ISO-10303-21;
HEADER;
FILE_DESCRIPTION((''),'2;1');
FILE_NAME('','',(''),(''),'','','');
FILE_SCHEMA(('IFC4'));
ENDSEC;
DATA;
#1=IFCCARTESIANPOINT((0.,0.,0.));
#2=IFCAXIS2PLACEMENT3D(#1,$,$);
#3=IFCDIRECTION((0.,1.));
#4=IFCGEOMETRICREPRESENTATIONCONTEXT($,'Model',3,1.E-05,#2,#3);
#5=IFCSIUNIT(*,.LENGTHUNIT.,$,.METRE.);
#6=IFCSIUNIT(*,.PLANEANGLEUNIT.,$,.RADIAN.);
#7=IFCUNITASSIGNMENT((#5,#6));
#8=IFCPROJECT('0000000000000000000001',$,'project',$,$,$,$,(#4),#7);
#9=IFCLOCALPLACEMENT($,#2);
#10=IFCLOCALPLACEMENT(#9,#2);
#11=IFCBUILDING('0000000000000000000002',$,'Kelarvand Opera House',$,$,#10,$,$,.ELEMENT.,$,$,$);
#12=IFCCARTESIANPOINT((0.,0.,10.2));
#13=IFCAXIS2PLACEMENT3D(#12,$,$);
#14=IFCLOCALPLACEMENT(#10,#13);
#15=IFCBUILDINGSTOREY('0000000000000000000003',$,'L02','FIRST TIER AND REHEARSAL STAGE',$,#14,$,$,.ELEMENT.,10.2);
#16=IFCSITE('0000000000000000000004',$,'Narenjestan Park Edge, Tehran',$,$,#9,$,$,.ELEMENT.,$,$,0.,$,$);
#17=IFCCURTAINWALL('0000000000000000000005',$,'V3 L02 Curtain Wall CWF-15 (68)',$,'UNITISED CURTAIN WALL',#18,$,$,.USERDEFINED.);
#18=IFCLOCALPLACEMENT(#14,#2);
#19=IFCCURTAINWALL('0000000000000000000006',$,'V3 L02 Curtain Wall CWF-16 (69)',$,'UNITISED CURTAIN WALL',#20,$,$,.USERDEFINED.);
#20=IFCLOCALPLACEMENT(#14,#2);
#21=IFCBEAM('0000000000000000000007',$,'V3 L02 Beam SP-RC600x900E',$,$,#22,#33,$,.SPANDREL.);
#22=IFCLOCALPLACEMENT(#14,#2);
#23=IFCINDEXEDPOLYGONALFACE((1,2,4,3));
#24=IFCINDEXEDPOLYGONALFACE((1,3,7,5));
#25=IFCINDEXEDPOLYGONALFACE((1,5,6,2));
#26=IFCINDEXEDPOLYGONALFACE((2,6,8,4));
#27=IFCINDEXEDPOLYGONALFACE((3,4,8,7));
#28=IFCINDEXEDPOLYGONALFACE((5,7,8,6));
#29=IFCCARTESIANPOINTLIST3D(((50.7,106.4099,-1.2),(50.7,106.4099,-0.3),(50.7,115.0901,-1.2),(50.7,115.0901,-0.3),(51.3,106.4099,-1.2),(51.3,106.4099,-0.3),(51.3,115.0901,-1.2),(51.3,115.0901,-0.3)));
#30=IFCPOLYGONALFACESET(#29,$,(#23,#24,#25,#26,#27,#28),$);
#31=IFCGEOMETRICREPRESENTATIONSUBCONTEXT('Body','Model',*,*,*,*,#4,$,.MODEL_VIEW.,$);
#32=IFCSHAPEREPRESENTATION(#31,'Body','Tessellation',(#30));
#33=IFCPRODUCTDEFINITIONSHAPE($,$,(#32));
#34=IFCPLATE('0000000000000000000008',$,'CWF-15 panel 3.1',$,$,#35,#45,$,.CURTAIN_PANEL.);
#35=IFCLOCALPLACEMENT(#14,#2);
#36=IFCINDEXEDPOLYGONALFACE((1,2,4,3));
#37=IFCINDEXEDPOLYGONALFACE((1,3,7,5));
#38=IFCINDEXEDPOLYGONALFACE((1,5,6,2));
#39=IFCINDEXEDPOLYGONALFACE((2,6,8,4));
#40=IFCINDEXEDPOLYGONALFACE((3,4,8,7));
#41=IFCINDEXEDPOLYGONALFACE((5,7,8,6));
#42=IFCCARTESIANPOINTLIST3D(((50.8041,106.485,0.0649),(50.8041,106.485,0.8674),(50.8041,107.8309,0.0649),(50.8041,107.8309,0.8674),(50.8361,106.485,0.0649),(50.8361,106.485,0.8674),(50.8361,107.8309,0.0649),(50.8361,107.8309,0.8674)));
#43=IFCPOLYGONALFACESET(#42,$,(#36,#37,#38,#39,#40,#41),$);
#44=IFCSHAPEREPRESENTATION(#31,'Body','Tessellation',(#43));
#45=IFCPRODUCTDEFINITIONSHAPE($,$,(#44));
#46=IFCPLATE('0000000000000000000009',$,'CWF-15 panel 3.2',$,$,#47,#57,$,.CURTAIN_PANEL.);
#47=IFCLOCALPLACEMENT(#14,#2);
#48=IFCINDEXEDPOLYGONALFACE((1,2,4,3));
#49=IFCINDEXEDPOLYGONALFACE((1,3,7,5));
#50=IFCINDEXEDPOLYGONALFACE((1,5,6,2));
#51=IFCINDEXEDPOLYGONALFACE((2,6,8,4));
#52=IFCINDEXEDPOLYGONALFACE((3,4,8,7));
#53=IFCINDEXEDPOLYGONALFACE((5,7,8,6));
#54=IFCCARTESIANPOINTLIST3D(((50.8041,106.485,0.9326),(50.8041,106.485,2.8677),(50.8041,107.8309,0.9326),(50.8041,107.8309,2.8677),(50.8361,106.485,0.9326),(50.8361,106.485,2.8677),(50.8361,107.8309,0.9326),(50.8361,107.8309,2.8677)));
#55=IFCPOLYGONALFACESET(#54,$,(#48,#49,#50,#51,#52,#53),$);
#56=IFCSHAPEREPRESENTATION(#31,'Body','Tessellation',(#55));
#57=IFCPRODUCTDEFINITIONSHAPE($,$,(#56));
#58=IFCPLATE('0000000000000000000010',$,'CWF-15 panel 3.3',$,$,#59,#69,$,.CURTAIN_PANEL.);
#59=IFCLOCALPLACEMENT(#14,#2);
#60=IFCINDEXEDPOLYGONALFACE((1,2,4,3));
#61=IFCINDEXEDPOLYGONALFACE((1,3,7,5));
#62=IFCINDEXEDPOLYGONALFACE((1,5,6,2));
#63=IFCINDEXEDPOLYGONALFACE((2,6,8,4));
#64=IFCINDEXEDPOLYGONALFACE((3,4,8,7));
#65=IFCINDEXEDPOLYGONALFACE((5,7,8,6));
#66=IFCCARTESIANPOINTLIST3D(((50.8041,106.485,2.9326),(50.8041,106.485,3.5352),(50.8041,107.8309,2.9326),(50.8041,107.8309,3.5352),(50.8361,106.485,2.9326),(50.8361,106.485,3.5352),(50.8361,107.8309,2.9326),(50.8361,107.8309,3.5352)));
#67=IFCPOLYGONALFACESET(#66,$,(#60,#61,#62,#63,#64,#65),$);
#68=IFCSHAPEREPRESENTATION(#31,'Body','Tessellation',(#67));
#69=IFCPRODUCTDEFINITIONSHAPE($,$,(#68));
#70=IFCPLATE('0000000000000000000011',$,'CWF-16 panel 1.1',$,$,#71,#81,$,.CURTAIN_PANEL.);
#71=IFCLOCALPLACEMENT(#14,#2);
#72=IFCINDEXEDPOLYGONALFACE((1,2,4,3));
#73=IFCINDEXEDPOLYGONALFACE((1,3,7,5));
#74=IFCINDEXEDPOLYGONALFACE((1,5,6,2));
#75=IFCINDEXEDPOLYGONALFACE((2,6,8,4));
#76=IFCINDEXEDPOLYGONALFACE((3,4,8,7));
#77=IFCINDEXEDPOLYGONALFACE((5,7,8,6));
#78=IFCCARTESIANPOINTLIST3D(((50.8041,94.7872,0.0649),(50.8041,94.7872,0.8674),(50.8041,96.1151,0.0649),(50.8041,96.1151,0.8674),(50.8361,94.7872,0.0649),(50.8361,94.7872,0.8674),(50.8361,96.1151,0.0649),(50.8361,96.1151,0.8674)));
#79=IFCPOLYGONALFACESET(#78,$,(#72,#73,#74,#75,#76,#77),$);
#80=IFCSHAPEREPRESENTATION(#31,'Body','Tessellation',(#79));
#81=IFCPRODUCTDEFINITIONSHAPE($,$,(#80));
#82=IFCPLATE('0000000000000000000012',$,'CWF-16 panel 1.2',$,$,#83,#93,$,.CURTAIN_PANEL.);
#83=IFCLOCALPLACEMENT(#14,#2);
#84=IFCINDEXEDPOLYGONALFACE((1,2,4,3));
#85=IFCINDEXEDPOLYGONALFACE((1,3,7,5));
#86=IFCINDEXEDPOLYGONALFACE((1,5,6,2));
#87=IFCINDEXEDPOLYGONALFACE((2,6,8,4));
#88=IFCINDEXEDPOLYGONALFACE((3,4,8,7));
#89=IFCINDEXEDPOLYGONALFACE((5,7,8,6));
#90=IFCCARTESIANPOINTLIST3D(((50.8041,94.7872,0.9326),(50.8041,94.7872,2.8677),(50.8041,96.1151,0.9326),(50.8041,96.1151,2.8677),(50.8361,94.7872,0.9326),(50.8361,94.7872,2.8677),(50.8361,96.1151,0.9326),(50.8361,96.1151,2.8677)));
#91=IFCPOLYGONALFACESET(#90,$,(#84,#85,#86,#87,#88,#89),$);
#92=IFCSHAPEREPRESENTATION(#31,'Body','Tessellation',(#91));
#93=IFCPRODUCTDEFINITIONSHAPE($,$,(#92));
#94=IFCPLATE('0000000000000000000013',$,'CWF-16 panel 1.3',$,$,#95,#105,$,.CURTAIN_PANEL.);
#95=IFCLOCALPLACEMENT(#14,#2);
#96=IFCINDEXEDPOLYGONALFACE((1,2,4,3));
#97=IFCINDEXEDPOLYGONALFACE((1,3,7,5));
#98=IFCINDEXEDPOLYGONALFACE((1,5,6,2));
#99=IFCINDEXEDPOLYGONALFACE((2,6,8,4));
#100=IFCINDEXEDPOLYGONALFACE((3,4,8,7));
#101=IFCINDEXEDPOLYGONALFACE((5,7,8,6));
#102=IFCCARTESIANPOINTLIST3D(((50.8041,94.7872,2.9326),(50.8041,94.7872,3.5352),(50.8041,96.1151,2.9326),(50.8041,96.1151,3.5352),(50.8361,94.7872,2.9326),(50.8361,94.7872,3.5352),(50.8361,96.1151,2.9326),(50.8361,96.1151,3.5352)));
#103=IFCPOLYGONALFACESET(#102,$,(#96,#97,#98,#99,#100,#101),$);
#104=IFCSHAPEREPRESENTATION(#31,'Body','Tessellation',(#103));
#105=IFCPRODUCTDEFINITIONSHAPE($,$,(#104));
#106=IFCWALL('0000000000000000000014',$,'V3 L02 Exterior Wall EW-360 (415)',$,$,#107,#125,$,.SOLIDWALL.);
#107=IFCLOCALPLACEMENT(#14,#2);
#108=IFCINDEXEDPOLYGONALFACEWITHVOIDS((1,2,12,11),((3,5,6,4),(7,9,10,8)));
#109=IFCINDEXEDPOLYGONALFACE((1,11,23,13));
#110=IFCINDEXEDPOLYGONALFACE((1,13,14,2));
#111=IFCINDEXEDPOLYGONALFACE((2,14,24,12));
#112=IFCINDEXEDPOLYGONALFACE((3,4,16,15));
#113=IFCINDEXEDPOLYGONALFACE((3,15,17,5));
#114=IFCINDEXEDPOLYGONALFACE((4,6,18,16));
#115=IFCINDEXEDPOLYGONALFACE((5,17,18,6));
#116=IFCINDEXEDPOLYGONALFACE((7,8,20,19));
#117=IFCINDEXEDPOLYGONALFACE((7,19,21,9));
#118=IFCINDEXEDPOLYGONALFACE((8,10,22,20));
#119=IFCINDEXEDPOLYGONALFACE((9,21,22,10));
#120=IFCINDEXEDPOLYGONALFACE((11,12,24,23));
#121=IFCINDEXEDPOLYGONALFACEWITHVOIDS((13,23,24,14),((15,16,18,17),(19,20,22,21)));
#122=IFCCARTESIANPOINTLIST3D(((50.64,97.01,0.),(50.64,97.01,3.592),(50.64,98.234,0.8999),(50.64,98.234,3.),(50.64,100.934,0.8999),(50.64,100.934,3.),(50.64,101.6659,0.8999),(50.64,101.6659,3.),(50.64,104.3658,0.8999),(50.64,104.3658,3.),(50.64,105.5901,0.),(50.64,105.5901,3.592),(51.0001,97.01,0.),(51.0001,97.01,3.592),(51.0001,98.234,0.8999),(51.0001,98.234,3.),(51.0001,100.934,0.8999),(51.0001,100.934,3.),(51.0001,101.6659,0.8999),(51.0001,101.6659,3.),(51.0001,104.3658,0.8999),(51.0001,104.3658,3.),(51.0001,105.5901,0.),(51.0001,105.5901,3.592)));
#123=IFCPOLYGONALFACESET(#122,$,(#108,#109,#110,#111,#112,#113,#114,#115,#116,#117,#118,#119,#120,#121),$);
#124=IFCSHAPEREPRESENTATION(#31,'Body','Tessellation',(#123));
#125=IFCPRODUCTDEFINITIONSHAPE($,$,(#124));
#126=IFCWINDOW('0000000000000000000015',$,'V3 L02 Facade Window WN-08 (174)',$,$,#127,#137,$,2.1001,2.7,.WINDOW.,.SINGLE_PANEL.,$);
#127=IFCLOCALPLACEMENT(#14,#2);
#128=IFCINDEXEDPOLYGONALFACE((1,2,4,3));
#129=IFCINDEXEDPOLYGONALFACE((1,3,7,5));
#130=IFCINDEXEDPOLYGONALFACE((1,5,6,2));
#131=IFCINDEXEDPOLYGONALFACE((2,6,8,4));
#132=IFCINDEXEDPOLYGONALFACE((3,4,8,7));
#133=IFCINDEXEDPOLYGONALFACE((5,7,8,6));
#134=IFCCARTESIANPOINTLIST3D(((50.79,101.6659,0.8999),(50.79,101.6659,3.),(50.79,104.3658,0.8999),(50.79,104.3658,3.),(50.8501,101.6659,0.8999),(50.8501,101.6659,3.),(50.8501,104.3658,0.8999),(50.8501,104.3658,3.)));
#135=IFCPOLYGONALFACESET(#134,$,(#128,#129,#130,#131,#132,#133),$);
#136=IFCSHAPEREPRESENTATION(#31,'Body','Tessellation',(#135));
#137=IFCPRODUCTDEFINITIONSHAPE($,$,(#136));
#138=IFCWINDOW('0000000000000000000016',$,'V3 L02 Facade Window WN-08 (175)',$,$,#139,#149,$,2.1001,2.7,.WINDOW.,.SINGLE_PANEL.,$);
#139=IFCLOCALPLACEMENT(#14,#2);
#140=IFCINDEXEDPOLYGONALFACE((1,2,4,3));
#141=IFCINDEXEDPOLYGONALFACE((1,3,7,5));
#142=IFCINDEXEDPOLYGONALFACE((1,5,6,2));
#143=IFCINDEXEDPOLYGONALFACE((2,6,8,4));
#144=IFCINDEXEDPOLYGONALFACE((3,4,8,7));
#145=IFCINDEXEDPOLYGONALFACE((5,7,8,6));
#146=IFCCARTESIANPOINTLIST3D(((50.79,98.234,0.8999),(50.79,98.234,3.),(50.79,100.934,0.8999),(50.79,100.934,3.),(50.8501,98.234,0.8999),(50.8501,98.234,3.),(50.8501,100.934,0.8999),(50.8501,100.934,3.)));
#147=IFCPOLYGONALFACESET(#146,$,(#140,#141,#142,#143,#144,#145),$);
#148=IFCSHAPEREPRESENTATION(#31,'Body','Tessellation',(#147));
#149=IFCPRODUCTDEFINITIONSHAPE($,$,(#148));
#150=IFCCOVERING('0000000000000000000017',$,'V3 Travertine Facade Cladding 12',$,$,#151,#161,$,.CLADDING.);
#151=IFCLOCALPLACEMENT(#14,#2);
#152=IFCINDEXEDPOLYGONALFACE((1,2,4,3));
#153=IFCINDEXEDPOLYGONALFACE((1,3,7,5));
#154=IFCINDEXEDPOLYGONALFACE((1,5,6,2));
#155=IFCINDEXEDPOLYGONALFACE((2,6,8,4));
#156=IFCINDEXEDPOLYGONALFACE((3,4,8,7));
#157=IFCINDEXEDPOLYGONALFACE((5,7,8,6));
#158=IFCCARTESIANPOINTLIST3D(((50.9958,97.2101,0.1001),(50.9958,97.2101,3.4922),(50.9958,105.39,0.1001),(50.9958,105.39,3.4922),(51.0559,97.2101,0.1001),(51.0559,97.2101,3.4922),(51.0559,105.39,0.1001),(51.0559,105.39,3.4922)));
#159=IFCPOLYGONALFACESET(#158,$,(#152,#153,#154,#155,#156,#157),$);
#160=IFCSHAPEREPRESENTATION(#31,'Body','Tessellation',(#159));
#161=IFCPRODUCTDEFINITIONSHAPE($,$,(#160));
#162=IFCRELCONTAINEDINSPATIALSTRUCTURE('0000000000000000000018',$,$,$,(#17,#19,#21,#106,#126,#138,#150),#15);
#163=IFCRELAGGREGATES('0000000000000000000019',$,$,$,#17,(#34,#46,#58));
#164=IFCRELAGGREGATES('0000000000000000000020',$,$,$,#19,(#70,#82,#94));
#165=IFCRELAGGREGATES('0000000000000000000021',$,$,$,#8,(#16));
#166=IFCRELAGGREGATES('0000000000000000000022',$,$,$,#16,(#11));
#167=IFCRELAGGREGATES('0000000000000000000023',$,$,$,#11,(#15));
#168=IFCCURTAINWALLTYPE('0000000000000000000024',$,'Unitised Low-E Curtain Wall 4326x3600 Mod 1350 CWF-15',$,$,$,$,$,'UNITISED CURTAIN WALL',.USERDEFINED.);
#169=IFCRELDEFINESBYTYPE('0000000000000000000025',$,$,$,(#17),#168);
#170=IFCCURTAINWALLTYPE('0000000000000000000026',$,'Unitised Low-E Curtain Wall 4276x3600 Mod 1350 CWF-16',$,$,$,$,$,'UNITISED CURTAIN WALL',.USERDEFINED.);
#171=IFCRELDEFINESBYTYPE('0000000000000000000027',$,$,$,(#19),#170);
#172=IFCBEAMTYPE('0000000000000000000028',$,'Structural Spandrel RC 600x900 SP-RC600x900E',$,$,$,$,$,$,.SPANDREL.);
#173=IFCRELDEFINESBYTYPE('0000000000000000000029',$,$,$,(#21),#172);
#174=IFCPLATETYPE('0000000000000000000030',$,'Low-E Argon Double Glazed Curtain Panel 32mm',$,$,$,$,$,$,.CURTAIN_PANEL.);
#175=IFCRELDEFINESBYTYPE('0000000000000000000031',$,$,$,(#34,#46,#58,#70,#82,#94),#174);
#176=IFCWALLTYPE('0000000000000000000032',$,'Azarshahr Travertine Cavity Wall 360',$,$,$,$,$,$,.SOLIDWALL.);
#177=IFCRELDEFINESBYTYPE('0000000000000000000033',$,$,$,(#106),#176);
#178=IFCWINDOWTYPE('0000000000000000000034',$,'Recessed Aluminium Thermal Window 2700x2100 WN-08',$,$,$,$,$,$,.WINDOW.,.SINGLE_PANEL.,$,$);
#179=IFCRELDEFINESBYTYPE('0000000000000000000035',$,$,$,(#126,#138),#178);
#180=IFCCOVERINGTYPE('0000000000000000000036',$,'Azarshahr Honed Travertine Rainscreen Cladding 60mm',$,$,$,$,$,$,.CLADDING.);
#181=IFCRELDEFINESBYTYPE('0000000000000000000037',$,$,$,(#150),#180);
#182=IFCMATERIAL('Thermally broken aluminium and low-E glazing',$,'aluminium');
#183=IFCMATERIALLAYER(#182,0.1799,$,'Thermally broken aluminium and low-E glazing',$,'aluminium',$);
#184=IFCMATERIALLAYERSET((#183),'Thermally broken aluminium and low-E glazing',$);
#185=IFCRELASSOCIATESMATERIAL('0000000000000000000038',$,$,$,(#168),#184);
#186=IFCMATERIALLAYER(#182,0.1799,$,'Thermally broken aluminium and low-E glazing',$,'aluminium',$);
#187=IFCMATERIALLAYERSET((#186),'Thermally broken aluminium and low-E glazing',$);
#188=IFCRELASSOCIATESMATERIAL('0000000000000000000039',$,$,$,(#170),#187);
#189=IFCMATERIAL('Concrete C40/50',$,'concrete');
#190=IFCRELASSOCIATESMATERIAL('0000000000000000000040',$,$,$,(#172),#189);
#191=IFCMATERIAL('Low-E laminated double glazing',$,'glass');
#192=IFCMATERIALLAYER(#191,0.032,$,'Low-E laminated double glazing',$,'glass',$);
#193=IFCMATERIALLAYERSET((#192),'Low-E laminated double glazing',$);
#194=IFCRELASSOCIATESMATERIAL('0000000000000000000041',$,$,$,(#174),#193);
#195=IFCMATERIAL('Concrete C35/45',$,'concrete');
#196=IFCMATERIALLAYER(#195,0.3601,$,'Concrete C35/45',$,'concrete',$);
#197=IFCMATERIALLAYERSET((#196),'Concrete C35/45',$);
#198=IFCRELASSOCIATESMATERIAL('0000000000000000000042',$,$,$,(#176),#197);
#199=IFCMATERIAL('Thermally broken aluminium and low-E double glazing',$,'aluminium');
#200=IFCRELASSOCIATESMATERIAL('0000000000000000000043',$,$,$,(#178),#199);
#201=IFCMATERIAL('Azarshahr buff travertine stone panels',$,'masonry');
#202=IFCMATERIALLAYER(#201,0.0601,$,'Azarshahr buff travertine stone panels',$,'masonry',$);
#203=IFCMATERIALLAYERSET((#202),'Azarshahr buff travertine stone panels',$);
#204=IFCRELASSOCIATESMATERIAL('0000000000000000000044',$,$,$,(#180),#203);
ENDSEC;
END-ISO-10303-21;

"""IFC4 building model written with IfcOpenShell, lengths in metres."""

from ifc_helpers import new_model, si_unit, direction, frame, frame_2d, origin, origin_2d, place, context, subcontext, project, spatial, rectangle, extrude, material, layer, layer_set, material_profile, profile_set, type_object, element, fill, aggregate, save


model = new_model("IFC4")

# Units and contexts
model_context = context("Model", 3, precision=1e-05, world=origin(), true_north=direction((0.0, 1.0)))
body_context = subcontext(model_context, "Body", "Model", "MODEL_VIEW")
ifc_project = project(units=[si_unit("LENGTHUNIT", "METRE"), si_unit("PLANEANGLEUNIT", "RADIAN")], contexts=[model_context])

# Site, building, storey
site_placement = place(None, origin())
site = spatial("IfcSite", under=ifc_project, at=site_placement, Name="Narenjestan Park Edge, Tehran", CompositionType="ELEMENT", RefElevation=0.0)
building_placement = place(site_placement, origin())
building = spatial("IfcBuilding", under=site, at=building_placement, Name="Kelarvand Opera House", CompositionType="ELEMENT")
storey_placement = place(building_placement, frame((0.0, 0.0, 10.2)))
storey = spatial("IfcBuildingStorey", under=building, at=storey_placement, Name="L02", Description="FIRST TIER AND REHEARSAL STAGE", CompositionType="ELEMENT", Elevation=10.2)

# Shared definitions
ifc_material_1 = material(Name="Concrete C40/50", Category="concrete")

# Curtain wall
ifc_material_2 = material(Name="Thermally broken aluminium and low-E glazing", Category="aluminium")
ifc_layer_1 = layer(ifc_material_2, 0.1799, Name="Thermally broken aluminium and low-E glazing", Category="aluminium")
ifc_layer_set_1 = layer_set([ifc_layer_1], Name="Thermally broken aluminium and low-E glazing")
curtain_wall_type_1 = type_object("IfcCurtainWallType", Name="Unitised Low-E Curtain Wall 4326x3600 Mod 1350 CWF-15", ElementType="UNITISED CURTAIN WALL", PredefinedType="USERDEFINED", material=ifc_layer_set_1)
curtain_wall_1_placement = place(storey_placement, origin())
curtain_wall_1 = element("IfcCurtainWall", 1, at=curtain_wall_1_placement, inside=storey, type_object=curtain_wall_type_1, Name="V3 L02 Curtain Wall CWF-15 (68)", ObjectType="UNITISED CURTAIN WALL", PredefinedType="USERDEFINED")

# Curtain wall
ifc_layer_2 = layer(ifc_material_2, 0.1799, Name="Thermally broken aluminium and low-E glazing", Category="aluminium")
ifc_layer_set_2 = layer_set([ifc_layer_2], Name="Thermally broken aluminium and low-E glazing")
curtain_wall_type_2 = type_object("IfcCurtainWallType", Name="Unitised Low-E Curtain Wall 4276x3600 Mod 1350 CWF-16", ElementType="UNITISED CURTAIN WALL", PredefinedType="USERDEFINED", material=ifc_layer_set_2)
curtain_wall_2_placement = place(storey_placement, origin())
curtain_wall_2 = element("IfcCurtainWall", 2, at=curtain_wall_2_placement, inside=storey, type_object=curtain_wall_type_2, Name="V3 L02 Curtain Wall CWF-16 (69)", ObjectType="UNITISED CURTAIN WALL", PredefinedType="USERDEFINED")

# Beam
ifc_material_profile_1 = material_profile(ifc_material_1, rectangle(XDim=0.6001, YDim=0.8999, at=origin_2d()), Name="RC 600x900", Category="concrete")
ifc_profile_set_1 = profile_set([ifc_material_profile_1], Name="Concrete C40/50")
beam_type = type_object("IfcBeamType", Name="Structural Spandrel RC 600x900 SP-RC600x900E", PredefinedType="SPANDREL", material=ifc_profile_set_1)
beam_1_placement = place(storey_placement, frame((51.0, 106.4099, -0.75), z_axis=(0.0, 1.0, 0.0), x_axis=(-1.0, 0.0, 0.0)))
element("IfcBeam", 3, at=beam_1_placement, inside=storey, type_object=beam_type, Name="V3 L02 Beam SP-RC600x900E", PredefinedType="SPANDREL", context=body_context, shape_type="SweptSolid", body=[
    extrude(rectangle(XDim=0.6001, YDim=0.8999, at=origin_2d()), origin(), (0.0, 0.0, 1.0), 8.6802),
])

# Plates
ifc_material_3 = material(Name="Low-E laminated double glazing", Category="glass")
ifc_layer_3 = layer(ifc_material_3, 0.032, Name="Low-E laminated double glazing", Category="glass")
ifc_layer_set_3 = layer_set([ifc_layer_3], Name="Low-E laminated double glazing")
plate_type = type_object("IfcPlateType", Name="Low-E Argon Double Glazed Curtain Panel 32mm", PredefinedType="CURTAIN_PANEL", material=ifc_layer_set_3)
plate_1_placement = place(storey_placement, frame((50.8201, 107.158, 0.0649), z_axis=(0.0, 0.0, 1.0), x_axis=(0.0, -1.0, 0.0)))
plate_1 = element("IfcPlate", 4, at=plate_1_placement, type_object=plate_type, Name="CWF-15 panel 3.1", PredefinedType="CURTAIN_PANEL", context=body_context, shape_type="SweptSolid", body=[
    extrude(rectangle(XDim=1.3459, YDim=0.032, at=origin_2d()), origin(), (0.0, 0.0, 1.0), 0.8025),
])
plate_2_placement = place(storey_placement, frame((50.8201, 107.158, 0.9326), z_axis=(0.0, 0.0, 1.0), x_axis=(0.0, -1.0, 0.0)))
plate_2 = element("IfcPlate", 5, at=plate_2_placement, type_object=plate_type, Name="CWF-15 panel 3.2", PredefinedType="CURTAIN_PANEL", context=body_context, shape_type="SweptSolid", body=[
    extrude(rectangle(XDim=1.3459, YDim=0.032, at=origin_2d()), origin(), (0.0, 0.0, 1.0), 1.9351),
])
plate_3_placement = place(storey_placement, frame((50.8201, 107.158, 2.9326), z_axis=(0.0, 0.0, 1.0), x_axis=(0.0, -1.0, 0.0)))
plate_3 = element("IfcPlate", 6, at=plate_3_placement, type_object=plate_type, Name="CWF-15 panel 3.3", PredefinedType="CURTAIN_PANEL", context=body_context, shape_type="SweptSolid", body=[
    extrude(rectangle(XDim=1.3459, YDim=0.032, at=origin_2d()), origin(), (0.0, 0.0, 1.0), 0.6025),
])
aggregate(curtain_wall_1, [plate_1, plate_2, plate_3])
plate_4_placement = place(storey_placement, frame((50.8201, 95.4512, 0.0649), z_axis=(0.0, 0.0, 1.0), x_axis=(0.0, -1.0, 0.0)))
plate_4 = element("IfcPlate", 7, at=plate_4_placement, type_object=plate_type, Name="CWF-16 panel 1.1", PredefinedType="CURTAIN_PANEL", context=body_context, shape_type="SweptSolid", body=[
    extrude(rectangle(XDim=1.3279, YDim=0.032, at=origin_2d()), origin(), (0.0, 0.0, 1.0), 0.8025),
])
plate_5_placement = place(storey_placement, frame((50.8201, 95.4512, 0.9326), z_axis=(0.0, 0.0, 1.0), x_axis=(0.0, -1.0, 0.0)))
plate_5 = element("IfcPlate", 8, at=plate_5_placement, type_object=plate_type, Name="CWF-16 panel 1.2", PredefinedType="CURTAIN_PANEL", context=body_context, shape_type="SweptSolid", body=[
    extrude(rectangle(XDim=1.3279, YDim=0.032, at=origin_2d()), origin(), (0.0, 0.0, 1.0), 1.9351),
])
plate_6_placement = place(storey_placement, frame((50.8201, 95.4512, 2.9326), z_axis=(0.0, 0.0, 1.0), x_axis=(0.0, -1.0, 0.0)))
plate_6 = element("IfcPlate", 9, at=plate_6_placement, type_object=plate_type, Name="CWF-16 panel 1.3", PredefinedType="CURTAIN_PANEL", context=body_context, shape_type="SweptSolid", body=[
    extrude(rectangle(XDim=1.3279, YDim=0.032, at=origin_2d()), origin(), (0.0, 0.0, 1.0), 0.6025),
])
aggregate(curtain_wall_2, [plate_4, plate_5, plate_6])

# Wall, openings, windows
ifc_material_4 = material(Name="Concrete C35/45", Category="concrete")
ifc_layer_4 = layer(ifc_material_4, 0.3601, Name="Concrete C35/45", Category="concrete")
ifc_layer_set_4 = layer_set([ifc_layer_4], Name="Concrete C35/45")
wall_type = type_object("IfcWallType", Name="Azarshahr Travertine Cavity Wall 360", PredefinedType="SOLIDWALL", material=ifc_layer_set_4)
wall_placement = place(storey_placement, frame((50.8201, 105.5901, 0.0), z_axis=(0.0, 0.0, 1.0), x_axis=(0.0, -1.0, 0.0)))
wall = element("IfcWall", 10, at=wall_placement, inside=storey, type_object=wall_type, Name="V3 L02 Exterior Wall EW-360 (415)", PredefinedType="SOLIDWALL", context=body_context, shape_type="SweptSolid", body=[
    extrude(rectangle(XDim=8.5801, YDim=0.3601, at=frame_2d((4.29, 0.0))), origin(), (0.0, 0.0, 1.0), 3.592),
])
opening_1_placement = place(wall_placement, frame((1.2241, 0.0, 0.8999)))
opening_1 = element("IfcOpeningElement", 11, at=opening_1_placement, cuts=wall, PredefinedType="OPENING", context=body_context, shape_type="SweptSolid", body=[
    extrude(rectangle(XDim=2.7, YDim=2.1001, at=frame_2d((1.3501, 1.05))), frame((0.0, 0.1899, 0.0), z_axis=(0.0, -1.0, 0.0), x_axis=(1.0, 0.0, 0.0)), (0.0, 0.0, 1.0), 0.3801),
])
opening_2_placement = place(wall_placement, frame((4.656, 0.0, 0.8999)))
opening_2 = element("IfcOpeningElement", 12, at=opening_2_placement, cuts=wall, PredefinedType="OPENING", context=body_context, shape_type="SweptSolid", body=[
    extrude(rectangle(XDim=2.7, YDim=2.1001, at=frame_2d((1.3501, 1.05))), frame((0.0, 0.1899, 0.0), z_axis=(0.0, -1.0, 0.0), x_axis=(1.0, 0.0, 0.0)), (0.0, 0.0, 1.0), 0.3801),
])
ifc_material_5 = material(Name="Thermally broken aluminium and low-E double glazing", Category="aluminium")
window_type = type_object("IfcWindowType", Name="Recessed Aluminium Thermal Window 2700x2100 WN-08", PartitioningType="SINGLE_PANEL", PredefinedType="WINDOW", material=ifc_material_5)
window_1_placement = place(opening_1_placement, origin())
window_1 = element("IfcWindow", 13, at=window_1_placement, inside=storey, type_object=window_type, Name="V3 L02 Facade Window WN-08 (174)", OverallHeight=2.1001, OverallWidth=2.7, PartitioningType="SINGLE_PANEL", PredefinedType="WINDOW", context=body_context, shape_type="SweptSolid", body=[
    extrude(rectangle(XDim=2.7, YDim=2.1001, at=frame_2d((1.3501, 1.05))), frame((0.0, 0.03, 0.0), z_axis=(0.0, -1.0, 0.0), x_axis=(1.0, 0.0, 0.0)), (0.0, 0.0, 1.0), 0.0601),
])
fill(opening_1, window_1)
window_2_placement = place(opening_2_placement, origin())
window_2 = element("IfcWindow", 14, at=window_2_placement, inside=storey, type_object=window_type, Name="V3 L02 Facade Window WN-08 (175)", OverallHeight=2.1001, OverallWidth=2.7, PartitioningType="SINGLE_PANEL", PredefinedType="WINDOW", context=body_context, shape_type="SweptSolid", body=[
    extrude(rectangle(XDim=2.7, YDim=2.1001, at=frame_2d((1.3501, 1.05))), frame((0.0, 0.03, 0.0), z_axis=(0.0, -1.0, 0.0), x_axis=(1.0, 0.0, 0.0)), (0.0, 0.0, 1.0), 0.0601),
])
fill(opening_2, window_2)

# Covering
ifc_material_6 = material(Name="Azarshahr buff travertine stone panels", Category="masonry")
ifc_layer_5 = layer(ifc_material_6, 0.0601, Name="Azarshahr buff travertine stone panels", Category="masonry")
ifc_layer_set_5 = layer_set([ifc_layer_5], Name="Azarshahr buff travertine stone panels")
covering_type = type_object("IfcCoveringType", Name="Azarshahr Honed Travertine Rainscreen Cladding 60mm", PredefinedType="CLADDING", material=ifc_layer_set_5)
covering_placement = place(storey_placement, frame((51.0259, 101.3, 0.1001), z_axis=(0.0, 0.0, 1.0), x_axis=(0.0, -1.0, 0.0)))
element("IfcCovering", 15, at=covering_placement, inside=storey, type_object=covering_type, Name="V3 Travertine Facade Cladding 12", PredefinedType="CLADDING", context=body_context, shape_type="SweptSolid", body=[
    extrude(rectangle(XDim=8.1799, YDim=0.0601, at=origin_2d()), origin(), (0.0, 0.0, 1.0), 3.3921),
])

save(model, "model.ifc")
